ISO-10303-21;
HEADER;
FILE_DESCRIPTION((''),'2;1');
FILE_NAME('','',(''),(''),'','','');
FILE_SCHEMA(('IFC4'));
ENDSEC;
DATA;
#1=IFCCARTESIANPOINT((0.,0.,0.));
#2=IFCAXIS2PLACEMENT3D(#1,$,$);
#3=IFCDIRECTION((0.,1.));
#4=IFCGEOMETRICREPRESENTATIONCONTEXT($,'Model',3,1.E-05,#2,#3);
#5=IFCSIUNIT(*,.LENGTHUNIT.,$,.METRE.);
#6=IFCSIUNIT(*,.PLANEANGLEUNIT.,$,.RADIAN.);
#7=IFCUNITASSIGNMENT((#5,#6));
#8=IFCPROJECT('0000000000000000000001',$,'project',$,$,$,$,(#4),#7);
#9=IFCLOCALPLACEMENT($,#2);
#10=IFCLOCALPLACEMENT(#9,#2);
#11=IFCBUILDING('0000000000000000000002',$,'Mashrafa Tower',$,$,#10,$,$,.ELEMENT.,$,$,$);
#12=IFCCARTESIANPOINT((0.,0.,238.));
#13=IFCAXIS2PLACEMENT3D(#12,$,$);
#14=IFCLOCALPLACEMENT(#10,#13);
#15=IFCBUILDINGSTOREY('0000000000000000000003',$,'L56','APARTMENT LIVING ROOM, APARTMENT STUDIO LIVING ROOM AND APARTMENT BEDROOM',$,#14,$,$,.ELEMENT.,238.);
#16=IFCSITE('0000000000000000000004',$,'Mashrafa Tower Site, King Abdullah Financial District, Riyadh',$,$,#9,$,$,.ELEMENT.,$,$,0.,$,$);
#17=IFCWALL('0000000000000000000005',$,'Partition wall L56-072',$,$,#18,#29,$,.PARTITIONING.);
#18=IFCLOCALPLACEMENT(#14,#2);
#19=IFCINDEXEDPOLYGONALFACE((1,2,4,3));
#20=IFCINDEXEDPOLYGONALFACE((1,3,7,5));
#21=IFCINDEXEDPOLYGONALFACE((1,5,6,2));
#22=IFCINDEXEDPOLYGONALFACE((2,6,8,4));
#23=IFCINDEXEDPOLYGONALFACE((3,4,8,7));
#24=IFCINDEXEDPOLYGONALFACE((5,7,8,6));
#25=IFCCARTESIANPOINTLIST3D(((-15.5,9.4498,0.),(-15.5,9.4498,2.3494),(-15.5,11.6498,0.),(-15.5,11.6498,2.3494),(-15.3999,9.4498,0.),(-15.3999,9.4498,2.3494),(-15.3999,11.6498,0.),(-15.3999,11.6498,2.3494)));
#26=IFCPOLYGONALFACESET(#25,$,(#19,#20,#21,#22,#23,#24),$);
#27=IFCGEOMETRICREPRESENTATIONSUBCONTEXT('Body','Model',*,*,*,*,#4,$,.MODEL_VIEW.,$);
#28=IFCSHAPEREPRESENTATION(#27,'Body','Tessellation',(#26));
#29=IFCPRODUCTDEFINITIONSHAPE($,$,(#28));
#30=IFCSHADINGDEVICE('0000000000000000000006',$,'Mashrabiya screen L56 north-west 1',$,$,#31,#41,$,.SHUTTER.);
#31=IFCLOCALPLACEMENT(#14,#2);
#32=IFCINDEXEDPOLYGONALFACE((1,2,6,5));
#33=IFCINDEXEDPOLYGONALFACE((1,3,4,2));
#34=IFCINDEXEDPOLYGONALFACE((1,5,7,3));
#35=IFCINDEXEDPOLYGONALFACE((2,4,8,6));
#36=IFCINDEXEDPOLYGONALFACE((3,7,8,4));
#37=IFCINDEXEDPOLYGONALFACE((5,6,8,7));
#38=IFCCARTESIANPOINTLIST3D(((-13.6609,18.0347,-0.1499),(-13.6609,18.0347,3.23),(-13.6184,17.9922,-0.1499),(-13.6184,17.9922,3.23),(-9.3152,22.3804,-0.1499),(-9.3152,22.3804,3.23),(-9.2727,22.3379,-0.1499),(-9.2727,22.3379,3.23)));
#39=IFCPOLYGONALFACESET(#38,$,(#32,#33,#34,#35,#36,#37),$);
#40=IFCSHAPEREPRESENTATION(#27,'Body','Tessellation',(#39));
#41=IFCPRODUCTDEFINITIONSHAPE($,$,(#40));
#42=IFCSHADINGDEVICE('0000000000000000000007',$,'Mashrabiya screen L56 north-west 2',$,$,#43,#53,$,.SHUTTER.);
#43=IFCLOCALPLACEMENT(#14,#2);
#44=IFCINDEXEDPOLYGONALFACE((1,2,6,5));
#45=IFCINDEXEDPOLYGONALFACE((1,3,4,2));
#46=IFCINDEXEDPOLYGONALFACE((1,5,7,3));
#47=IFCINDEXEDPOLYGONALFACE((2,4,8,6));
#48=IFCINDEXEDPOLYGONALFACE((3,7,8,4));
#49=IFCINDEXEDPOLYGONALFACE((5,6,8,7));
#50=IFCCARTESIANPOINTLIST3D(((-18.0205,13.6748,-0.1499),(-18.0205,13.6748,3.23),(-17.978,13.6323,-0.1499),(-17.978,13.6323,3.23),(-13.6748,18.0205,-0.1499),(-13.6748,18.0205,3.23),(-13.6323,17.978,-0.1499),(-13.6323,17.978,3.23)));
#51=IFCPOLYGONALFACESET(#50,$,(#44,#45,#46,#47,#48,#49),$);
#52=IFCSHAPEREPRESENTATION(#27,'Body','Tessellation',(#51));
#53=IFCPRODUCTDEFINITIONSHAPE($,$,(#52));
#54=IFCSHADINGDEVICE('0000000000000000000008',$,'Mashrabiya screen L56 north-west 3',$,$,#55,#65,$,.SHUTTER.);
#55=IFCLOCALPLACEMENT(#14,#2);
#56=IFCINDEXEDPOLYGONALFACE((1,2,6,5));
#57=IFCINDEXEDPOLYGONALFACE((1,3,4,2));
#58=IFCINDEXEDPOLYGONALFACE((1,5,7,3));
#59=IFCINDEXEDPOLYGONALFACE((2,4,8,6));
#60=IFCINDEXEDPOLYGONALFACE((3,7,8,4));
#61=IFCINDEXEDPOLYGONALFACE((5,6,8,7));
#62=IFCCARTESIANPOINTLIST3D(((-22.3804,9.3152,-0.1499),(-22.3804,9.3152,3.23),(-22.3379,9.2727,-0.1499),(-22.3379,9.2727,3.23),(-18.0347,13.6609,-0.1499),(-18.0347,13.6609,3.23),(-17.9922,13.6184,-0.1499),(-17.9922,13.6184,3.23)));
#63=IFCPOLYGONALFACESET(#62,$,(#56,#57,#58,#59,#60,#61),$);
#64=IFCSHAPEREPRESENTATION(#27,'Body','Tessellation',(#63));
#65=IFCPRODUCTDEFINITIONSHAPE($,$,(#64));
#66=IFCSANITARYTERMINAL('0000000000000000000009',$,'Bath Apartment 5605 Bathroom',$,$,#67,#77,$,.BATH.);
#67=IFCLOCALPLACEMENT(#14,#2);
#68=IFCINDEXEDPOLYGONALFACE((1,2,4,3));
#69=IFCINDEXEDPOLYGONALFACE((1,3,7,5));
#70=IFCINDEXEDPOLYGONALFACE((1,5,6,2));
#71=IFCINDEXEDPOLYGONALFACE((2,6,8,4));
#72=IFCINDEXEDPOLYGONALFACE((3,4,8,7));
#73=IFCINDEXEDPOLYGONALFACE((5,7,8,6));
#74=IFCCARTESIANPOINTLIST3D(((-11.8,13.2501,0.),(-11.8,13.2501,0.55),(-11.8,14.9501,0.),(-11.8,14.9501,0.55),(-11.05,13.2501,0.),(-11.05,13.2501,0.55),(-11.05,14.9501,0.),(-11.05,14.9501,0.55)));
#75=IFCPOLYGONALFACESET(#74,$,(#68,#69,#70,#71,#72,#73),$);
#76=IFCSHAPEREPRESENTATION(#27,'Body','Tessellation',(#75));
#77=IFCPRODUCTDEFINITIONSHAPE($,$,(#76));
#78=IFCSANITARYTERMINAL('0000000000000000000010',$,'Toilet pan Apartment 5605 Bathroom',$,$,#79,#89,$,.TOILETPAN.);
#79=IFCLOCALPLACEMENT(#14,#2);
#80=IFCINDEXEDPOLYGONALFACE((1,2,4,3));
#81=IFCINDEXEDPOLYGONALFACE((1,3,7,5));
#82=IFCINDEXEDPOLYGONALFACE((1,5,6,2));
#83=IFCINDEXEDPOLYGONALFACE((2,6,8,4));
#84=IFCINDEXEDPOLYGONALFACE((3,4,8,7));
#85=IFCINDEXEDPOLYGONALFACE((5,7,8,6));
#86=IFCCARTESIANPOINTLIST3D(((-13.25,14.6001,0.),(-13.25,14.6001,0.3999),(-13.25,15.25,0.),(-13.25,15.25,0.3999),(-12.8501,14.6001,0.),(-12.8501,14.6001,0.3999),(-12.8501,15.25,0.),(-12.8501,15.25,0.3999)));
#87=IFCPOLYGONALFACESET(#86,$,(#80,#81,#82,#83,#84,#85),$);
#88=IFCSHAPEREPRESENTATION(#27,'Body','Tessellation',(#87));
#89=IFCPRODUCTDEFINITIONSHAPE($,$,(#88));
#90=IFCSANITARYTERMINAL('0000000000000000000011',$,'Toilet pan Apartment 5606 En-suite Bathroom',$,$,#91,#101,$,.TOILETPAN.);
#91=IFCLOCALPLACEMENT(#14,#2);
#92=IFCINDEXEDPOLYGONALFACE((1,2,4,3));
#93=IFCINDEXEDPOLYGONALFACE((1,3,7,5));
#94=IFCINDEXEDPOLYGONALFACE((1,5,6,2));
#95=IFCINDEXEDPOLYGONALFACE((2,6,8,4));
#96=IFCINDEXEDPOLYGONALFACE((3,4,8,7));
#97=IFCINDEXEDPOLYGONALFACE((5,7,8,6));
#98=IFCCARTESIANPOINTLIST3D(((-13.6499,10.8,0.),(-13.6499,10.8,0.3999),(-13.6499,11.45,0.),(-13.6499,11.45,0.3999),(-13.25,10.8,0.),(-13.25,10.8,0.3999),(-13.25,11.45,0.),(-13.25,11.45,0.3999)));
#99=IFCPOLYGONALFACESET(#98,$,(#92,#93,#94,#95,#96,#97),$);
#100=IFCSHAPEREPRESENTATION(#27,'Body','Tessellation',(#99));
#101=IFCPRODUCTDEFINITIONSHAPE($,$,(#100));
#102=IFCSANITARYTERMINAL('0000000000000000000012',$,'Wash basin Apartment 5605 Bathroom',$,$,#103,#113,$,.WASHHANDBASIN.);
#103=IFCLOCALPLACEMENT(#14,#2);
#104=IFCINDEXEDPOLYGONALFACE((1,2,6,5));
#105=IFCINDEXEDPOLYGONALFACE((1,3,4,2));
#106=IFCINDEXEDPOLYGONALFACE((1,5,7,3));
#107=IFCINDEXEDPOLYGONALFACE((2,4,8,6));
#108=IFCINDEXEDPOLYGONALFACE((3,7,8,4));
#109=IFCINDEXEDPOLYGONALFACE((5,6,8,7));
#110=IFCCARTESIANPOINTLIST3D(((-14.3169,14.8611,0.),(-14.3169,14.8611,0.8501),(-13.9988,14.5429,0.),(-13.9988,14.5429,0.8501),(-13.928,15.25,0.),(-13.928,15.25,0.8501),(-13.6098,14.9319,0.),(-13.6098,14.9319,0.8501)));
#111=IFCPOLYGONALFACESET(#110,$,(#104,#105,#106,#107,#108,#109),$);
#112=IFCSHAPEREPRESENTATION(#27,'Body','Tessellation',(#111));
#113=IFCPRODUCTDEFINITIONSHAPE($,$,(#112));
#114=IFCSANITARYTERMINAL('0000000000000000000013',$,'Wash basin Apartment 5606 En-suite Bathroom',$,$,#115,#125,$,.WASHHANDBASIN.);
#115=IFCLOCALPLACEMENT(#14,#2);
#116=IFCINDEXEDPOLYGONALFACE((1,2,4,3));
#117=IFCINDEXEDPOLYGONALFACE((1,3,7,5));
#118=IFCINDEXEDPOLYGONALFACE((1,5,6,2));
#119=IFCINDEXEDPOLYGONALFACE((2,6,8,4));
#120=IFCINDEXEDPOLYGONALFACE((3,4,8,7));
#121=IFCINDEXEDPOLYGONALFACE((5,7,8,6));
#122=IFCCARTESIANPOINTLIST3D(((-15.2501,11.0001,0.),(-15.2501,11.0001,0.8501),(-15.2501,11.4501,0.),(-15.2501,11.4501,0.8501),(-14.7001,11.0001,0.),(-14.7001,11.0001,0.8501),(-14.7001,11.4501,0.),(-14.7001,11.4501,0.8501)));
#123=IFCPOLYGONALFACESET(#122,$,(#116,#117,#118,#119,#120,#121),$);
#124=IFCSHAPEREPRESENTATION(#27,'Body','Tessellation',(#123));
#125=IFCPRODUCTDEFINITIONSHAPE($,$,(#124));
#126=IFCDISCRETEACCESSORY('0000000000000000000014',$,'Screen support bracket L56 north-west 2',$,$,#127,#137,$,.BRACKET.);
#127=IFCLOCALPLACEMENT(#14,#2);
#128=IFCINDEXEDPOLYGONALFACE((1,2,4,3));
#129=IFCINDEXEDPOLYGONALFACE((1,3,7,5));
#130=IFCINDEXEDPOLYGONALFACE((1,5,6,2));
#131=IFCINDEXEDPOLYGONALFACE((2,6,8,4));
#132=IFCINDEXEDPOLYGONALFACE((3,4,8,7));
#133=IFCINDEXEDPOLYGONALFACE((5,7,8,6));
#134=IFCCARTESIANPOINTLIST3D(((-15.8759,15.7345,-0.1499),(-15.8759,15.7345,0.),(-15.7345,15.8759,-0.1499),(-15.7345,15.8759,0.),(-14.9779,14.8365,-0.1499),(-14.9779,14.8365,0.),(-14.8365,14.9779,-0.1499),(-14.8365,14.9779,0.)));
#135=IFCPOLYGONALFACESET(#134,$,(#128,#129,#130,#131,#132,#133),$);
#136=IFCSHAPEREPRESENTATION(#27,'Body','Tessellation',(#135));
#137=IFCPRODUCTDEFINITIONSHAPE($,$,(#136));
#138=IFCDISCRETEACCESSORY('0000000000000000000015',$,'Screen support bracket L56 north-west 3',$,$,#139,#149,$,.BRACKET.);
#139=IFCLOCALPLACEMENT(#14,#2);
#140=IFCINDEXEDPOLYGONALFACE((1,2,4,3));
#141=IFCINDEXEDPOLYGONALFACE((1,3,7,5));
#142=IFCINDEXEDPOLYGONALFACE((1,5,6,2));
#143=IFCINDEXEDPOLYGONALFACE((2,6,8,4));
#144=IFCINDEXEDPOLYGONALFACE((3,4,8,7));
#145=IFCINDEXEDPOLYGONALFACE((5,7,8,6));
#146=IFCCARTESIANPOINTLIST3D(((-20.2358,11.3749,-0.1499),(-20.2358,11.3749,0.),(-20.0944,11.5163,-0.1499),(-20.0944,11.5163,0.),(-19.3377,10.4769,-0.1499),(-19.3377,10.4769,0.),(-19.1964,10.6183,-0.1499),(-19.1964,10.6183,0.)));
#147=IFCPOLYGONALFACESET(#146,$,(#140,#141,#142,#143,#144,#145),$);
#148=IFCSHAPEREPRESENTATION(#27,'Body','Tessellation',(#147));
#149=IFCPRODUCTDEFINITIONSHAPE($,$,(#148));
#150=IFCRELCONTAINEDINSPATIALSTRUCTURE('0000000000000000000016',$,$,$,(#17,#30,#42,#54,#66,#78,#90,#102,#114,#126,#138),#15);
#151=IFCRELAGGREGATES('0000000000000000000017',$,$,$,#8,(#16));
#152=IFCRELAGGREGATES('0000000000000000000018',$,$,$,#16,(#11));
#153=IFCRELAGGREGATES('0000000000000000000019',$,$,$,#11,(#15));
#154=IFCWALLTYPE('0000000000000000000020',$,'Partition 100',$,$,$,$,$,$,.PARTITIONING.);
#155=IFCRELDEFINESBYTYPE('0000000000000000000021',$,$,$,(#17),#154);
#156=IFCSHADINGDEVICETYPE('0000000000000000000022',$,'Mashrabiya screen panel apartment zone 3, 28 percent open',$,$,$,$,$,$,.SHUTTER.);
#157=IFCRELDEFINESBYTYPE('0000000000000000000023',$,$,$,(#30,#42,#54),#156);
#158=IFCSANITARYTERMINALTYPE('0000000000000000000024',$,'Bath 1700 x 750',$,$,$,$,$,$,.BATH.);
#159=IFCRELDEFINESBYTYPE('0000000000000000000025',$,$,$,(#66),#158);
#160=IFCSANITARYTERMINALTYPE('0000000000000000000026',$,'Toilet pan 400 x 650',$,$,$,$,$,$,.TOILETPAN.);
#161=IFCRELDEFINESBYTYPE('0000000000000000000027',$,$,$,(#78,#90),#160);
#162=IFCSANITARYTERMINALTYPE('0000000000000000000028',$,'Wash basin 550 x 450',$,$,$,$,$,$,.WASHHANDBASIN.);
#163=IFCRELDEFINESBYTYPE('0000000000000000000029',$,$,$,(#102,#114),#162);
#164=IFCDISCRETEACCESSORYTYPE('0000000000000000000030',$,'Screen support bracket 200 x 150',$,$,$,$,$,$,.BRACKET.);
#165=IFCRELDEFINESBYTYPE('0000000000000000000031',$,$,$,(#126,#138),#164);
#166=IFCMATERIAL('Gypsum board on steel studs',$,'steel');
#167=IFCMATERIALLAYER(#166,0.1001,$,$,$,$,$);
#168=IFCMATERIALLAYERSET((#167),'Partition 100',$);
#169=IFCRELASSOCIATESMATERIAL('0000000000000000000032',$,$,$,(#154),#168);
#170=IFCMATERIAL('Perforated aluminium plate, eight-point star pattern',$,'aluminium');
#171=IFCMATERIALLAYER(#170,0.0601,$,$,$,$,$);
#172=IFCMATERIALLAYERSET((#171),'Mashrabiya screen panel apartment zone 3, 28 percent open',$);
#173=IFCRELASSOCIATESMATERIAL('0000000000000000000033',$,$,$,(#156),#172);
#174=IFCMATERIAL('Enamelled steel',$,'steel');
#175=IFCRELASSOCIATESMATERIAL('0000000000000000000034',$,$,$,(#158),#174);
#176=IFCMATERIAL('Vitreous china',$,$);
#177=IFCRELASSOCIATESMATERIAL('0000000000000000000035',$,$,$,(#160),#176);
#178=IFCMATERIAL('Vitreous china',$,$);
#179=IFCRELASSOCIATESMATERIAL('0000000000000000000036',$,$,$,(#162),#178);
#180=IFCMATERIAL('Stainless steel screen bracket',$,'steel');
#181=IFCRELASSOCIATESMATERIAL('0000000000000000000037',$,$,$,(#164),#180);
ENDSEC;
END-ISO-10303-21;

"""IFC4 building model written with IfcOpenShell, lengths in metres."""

from ifc_helpers import new_model, si_unit, direction, frame, frame_2d, origin, origin_2d, place, context, subcontext, project, spatial, rectangle, extrude, source, transform, mapped, material, layer, layer_set, type_object, type_shapes, element, save


model = new_model("IFC4")

# Units and contexts
model_context = context("Model", 3, precision=1e-05, world=origin(), true_north=direction((0.0, 1.0)))
body_context = subcontext(model_context, "Body", "Model", "MODEL_VIEW")
ifc_project = project(units=[si_unit("LENGTHUNIT", "METRE"), si_unit("PLANEANGLEUNIT", "RADIAN")], contexts=[model_context])

# Site, building, storey
site_placement = place(None, origin())
site = spatial("IfcSite", under=ifc_project, at=site_placement, Name="Mashrafa Tower Site, King Abdullah Financial District, Riyadh", CompositionType="ELEMENT", RefElevation=0.0)
building_placement = place(site_placement, origin())
building = spatial("IfcBuilding", under=site, at=building_placement, Name="Mashrafa Tower", CompositionType="ELEMENT")
storey_placement = place(building_placement, frame((0.0, 0.0, 238.0)))
storey = spatial("IfcBuildingStorey", under=building, at=storey_placement, Name="L56", Description="APARTMENT LIVING ROOM, APARTMENT STUDIO LIVING ROOM AND APARTMENT BEDROOM", CompositionType="ELEMENT", Elevation=238.0)

# Shared definitions
ifc_material_1 = material(Name="Gypsum board on steel studs", Category="steel")
ifc_layer_1 = layer(ifc_material_1, 0.1001)
ifc_layer_set_1 = layer_set([ifc_layer_1], Name="Partition 100")
wall_type_1 = type_object("IfcWallType", Name="Partition 100", PredefinedType="PARTITIONING", material=ifc_layer_set_1)

# Wall
wall_1_placement = place(storey_placement, frame((-15.45, 11.6499, 0.0), z_axis=(0.0, 0.0, 1.0), x_axis=(0.0, -1.0, 0.0)))
element("IfcWall", 1, at=wall_1_placement, inside=storey, type_object=wall_type_1, Name="Partition wall L56-072", PredefinedType="PARTITIONING", context=body_context, shape_type="SweptSolid", body=[
    extrude(rectangle(XDim=2.2, YDim=0.1001, at=frame_2d((1.1001, 0.0))), origin(), (0.0, 0.0, 1.0), 2.3494),
])

# Shading devices
ifc_material_2 = material(Name="Perforated aluminium plate, eight-point star pattern", Category="aluminium")
ifc_layer_2 = layer(ifc_material_2, 0.0601)
ifc_layer_set_2 = layer_set([ifc_layer_2], Name="Mashrabiya screen panel apartment zone 3, 28 percent open")
shading_device_type = type_object("IfcShadingDeviceType", Name="Mashrabiya screen panel apartment zone 3, 28 percent open", PredefinedType="SHUTTER", material=ifc_layer_set_2)
shared_shape_1 = source(origin(), body_context, "Body", "SweptSolid", [
    extrude(rectangle(XDim=6.1458, YDim=0.0601, at=origin_2d()), origin(), (0.0, 0.0, 1.0), 3.3799),
])
type_shapes(shading_device_type, [shared_shape_1])
for number, where, z_axis, x_axis, name in (
    (2, (-11.4668, 20.1863, -0.1499), (0.0, 0.0, 1.0), (-0.707107, -0.707107, 0.0), "Mashrabiya screen L56 north-west 1"),
    (3, (-15.8264, 15.8264, -0.1499), (0.0, 0.0, 1.0), (-0.707107, -0.707107, 0.0), "Mashrabiya screen L56 north-west 2"),
    (4, (-20.1863, 11.4668, -0.1499), (0.0, 0.0, 1.0), (-0.707107, -0.707107, 0.0), "Mashrabiya screen L56 north-west 3"),
):
    element("IfcShadingDevice", number, at=place(storey_placement, frame(where, z_axis=z_axis, x_axis=x_axis)), inside=storey, type_object=shading_device_type, Name=name, PredefinedType="SHUTTER", context=body_context, shape_type="MappedRepresentation", body=[
        mapped(shared_shape_1, transform((0.0, 0.0, 0.0))),
    ])

# Sanitary terminals
ifc_material_3 = material(Name="Enamelled steel", Category="steel")
sanitary_terminal_type_1 = type_object("IfcSanitaryTerminalType", Name="Bath 1700 x 750", PredefinedType="BATH", material=ifc_material_3)
sanitary_terminal_placement = place(storey_placement, frame((-11.425, 14.1001, 0.0), z_axis=(0.0, 0.0, 1.0), x_axis=(0.0, 1.0, 0.0)))
element("IfcSanitaryTerminal", 5, at=sanitary_terminal_placement, inside=storey, type_object=sanitary_terminal_type_1, Name="Bath Apartment 5605 Bathroom", PredefinedType="BATH", context=body_context, shape_type="SweptSolid", body=[
    extrude(rectangle(XDim=1.7, YDim=0.75, at=origin_2d()), origin(), (0.0, 0.0, 1.0), 0.55),
])
ifc_material_4 = material(Name="Vitreous china")
sanitary_terminal_type_2 = type_object("IfcSanitaryTerminalType", Name="Toilet pan 400 x 650", PredefinedType="TOILETPAN", material=ifc_material_4)
for number, where, z_axis, x_axis, name in (
    (6, (-13.05, 14.925, 0.0), (0.0, 0.0, 1.0), (-1.0, 0.0, 0.0), "Toilet pan Apartment 5605 Bathroom"),
    (7, (-13.45, 11.125, 0.0), (0.0, 0.0, 1.0), (-1.0, 0.0, 0.0), "Toilet pan Apartment 5606 En-suite Bathroom"),
):
    element("IfcSanitaryTerminal", number, at=place(storey_placement, frame(where, z_axis=z_axis, x_axis=x_axis)), inside=storey, type_object=sanitary_terminal_type_2, Name=name, PredefinedType="TOILETPAN", context=body_context, shape_type="SweptSolid", body=[
        extrude(rectangle(XDim=0.3999, YDim=0.6499, at=origin_2d()), origin(), (0.0, 0.0, 1.0), 0.3999),
    ])
ifc_material_5 = material(Name="Vitreous china")
sanitary_terminal_type_3 = type_object("IfcSanitaryTerminalType", Name="Wash basin 550 x 450", PredefinedType="WASHHANDBASIN", material=ifc_material_5)
for number, where, z_axis, x_axis, name in (
    (8, (-13.9634, 14.8965, 0.0), (0.0, 0.0, 1.0), (-0.707107, -0.707107, 0.0), "Wash basin Apartment 5605 Bathroom"),
    (9, (-14.9751, 11.2251, 0.0), (0.0, 0.0, 1.0), (-1.0, 0.0, 0.0), "Wash basin Apartment 5606 En-suite Bathroom"),
):
    element("IfcSanitaryTerminal", number, at=place(storey_placement, frame(where, z_axis=z_axis, x_axis=x_axis)), inside=storey, type_object=sanitary_terminal_type_3, Name=name, PredefinedType="WASHHANDBASIN", context=body_context, shape_type="SweptSolid", body=[
        extrude(rectangle(XDim=0.55, YDim=0.45, at=origin_2d()), origin(), (0.0, 0.0, 1.0), 0.8501),
    ])

# Discrete accessories
ifc_material_6 = material(Name="Stainless steel screen bracket", Category="steel")
discrete_accessory_type = type_object("IfcDiscreteAccessoryType", Name="Screen support bracket 200 x 150", PredefinedType="BRACKET", material=ifc_material_6)
shared_shape_2 = source(origin(), body_context, "Body", "SweptSolid", [
    extrude(rectangle(XDim=0.2, YDim=1.27, at=origin_2d()), origin(), (0.0, 0.0, 1.0), 0.1499),
])
type_shapes(discrete_accessory_type, [shared_shape_2])
for number, where, z_axis, x_axis, name in (
    (10, (-15.3562, 15.3562, -0.1499), (0.0, 0.0, 1.0), (-0.707107, -0.707107, 0.0), "Screen support bracket L56 north-west 2"),
    (11, (-19.7161, 10.9966, -0.1499), (0.0, 0.0, 1.0), (-0.707107, -0.707107, 0.0), "Screen support bracket L56 north-west 3"),
):
    element("IfcDiscreteAccessory", number, at=place(storey_placement, frame(where, z_axis=z_axis, x_axis=x_axis)), inside=storey, type_object=discrete_accessory_type, Name=name, PredefinedType="BRACKET", context=body_context, shape_type="MappedRepresentation", body=[
        mapped(shared_shape_2, transform((0.0, 0.0, 0.0))),
    ])

save(model, "model.ifc")
